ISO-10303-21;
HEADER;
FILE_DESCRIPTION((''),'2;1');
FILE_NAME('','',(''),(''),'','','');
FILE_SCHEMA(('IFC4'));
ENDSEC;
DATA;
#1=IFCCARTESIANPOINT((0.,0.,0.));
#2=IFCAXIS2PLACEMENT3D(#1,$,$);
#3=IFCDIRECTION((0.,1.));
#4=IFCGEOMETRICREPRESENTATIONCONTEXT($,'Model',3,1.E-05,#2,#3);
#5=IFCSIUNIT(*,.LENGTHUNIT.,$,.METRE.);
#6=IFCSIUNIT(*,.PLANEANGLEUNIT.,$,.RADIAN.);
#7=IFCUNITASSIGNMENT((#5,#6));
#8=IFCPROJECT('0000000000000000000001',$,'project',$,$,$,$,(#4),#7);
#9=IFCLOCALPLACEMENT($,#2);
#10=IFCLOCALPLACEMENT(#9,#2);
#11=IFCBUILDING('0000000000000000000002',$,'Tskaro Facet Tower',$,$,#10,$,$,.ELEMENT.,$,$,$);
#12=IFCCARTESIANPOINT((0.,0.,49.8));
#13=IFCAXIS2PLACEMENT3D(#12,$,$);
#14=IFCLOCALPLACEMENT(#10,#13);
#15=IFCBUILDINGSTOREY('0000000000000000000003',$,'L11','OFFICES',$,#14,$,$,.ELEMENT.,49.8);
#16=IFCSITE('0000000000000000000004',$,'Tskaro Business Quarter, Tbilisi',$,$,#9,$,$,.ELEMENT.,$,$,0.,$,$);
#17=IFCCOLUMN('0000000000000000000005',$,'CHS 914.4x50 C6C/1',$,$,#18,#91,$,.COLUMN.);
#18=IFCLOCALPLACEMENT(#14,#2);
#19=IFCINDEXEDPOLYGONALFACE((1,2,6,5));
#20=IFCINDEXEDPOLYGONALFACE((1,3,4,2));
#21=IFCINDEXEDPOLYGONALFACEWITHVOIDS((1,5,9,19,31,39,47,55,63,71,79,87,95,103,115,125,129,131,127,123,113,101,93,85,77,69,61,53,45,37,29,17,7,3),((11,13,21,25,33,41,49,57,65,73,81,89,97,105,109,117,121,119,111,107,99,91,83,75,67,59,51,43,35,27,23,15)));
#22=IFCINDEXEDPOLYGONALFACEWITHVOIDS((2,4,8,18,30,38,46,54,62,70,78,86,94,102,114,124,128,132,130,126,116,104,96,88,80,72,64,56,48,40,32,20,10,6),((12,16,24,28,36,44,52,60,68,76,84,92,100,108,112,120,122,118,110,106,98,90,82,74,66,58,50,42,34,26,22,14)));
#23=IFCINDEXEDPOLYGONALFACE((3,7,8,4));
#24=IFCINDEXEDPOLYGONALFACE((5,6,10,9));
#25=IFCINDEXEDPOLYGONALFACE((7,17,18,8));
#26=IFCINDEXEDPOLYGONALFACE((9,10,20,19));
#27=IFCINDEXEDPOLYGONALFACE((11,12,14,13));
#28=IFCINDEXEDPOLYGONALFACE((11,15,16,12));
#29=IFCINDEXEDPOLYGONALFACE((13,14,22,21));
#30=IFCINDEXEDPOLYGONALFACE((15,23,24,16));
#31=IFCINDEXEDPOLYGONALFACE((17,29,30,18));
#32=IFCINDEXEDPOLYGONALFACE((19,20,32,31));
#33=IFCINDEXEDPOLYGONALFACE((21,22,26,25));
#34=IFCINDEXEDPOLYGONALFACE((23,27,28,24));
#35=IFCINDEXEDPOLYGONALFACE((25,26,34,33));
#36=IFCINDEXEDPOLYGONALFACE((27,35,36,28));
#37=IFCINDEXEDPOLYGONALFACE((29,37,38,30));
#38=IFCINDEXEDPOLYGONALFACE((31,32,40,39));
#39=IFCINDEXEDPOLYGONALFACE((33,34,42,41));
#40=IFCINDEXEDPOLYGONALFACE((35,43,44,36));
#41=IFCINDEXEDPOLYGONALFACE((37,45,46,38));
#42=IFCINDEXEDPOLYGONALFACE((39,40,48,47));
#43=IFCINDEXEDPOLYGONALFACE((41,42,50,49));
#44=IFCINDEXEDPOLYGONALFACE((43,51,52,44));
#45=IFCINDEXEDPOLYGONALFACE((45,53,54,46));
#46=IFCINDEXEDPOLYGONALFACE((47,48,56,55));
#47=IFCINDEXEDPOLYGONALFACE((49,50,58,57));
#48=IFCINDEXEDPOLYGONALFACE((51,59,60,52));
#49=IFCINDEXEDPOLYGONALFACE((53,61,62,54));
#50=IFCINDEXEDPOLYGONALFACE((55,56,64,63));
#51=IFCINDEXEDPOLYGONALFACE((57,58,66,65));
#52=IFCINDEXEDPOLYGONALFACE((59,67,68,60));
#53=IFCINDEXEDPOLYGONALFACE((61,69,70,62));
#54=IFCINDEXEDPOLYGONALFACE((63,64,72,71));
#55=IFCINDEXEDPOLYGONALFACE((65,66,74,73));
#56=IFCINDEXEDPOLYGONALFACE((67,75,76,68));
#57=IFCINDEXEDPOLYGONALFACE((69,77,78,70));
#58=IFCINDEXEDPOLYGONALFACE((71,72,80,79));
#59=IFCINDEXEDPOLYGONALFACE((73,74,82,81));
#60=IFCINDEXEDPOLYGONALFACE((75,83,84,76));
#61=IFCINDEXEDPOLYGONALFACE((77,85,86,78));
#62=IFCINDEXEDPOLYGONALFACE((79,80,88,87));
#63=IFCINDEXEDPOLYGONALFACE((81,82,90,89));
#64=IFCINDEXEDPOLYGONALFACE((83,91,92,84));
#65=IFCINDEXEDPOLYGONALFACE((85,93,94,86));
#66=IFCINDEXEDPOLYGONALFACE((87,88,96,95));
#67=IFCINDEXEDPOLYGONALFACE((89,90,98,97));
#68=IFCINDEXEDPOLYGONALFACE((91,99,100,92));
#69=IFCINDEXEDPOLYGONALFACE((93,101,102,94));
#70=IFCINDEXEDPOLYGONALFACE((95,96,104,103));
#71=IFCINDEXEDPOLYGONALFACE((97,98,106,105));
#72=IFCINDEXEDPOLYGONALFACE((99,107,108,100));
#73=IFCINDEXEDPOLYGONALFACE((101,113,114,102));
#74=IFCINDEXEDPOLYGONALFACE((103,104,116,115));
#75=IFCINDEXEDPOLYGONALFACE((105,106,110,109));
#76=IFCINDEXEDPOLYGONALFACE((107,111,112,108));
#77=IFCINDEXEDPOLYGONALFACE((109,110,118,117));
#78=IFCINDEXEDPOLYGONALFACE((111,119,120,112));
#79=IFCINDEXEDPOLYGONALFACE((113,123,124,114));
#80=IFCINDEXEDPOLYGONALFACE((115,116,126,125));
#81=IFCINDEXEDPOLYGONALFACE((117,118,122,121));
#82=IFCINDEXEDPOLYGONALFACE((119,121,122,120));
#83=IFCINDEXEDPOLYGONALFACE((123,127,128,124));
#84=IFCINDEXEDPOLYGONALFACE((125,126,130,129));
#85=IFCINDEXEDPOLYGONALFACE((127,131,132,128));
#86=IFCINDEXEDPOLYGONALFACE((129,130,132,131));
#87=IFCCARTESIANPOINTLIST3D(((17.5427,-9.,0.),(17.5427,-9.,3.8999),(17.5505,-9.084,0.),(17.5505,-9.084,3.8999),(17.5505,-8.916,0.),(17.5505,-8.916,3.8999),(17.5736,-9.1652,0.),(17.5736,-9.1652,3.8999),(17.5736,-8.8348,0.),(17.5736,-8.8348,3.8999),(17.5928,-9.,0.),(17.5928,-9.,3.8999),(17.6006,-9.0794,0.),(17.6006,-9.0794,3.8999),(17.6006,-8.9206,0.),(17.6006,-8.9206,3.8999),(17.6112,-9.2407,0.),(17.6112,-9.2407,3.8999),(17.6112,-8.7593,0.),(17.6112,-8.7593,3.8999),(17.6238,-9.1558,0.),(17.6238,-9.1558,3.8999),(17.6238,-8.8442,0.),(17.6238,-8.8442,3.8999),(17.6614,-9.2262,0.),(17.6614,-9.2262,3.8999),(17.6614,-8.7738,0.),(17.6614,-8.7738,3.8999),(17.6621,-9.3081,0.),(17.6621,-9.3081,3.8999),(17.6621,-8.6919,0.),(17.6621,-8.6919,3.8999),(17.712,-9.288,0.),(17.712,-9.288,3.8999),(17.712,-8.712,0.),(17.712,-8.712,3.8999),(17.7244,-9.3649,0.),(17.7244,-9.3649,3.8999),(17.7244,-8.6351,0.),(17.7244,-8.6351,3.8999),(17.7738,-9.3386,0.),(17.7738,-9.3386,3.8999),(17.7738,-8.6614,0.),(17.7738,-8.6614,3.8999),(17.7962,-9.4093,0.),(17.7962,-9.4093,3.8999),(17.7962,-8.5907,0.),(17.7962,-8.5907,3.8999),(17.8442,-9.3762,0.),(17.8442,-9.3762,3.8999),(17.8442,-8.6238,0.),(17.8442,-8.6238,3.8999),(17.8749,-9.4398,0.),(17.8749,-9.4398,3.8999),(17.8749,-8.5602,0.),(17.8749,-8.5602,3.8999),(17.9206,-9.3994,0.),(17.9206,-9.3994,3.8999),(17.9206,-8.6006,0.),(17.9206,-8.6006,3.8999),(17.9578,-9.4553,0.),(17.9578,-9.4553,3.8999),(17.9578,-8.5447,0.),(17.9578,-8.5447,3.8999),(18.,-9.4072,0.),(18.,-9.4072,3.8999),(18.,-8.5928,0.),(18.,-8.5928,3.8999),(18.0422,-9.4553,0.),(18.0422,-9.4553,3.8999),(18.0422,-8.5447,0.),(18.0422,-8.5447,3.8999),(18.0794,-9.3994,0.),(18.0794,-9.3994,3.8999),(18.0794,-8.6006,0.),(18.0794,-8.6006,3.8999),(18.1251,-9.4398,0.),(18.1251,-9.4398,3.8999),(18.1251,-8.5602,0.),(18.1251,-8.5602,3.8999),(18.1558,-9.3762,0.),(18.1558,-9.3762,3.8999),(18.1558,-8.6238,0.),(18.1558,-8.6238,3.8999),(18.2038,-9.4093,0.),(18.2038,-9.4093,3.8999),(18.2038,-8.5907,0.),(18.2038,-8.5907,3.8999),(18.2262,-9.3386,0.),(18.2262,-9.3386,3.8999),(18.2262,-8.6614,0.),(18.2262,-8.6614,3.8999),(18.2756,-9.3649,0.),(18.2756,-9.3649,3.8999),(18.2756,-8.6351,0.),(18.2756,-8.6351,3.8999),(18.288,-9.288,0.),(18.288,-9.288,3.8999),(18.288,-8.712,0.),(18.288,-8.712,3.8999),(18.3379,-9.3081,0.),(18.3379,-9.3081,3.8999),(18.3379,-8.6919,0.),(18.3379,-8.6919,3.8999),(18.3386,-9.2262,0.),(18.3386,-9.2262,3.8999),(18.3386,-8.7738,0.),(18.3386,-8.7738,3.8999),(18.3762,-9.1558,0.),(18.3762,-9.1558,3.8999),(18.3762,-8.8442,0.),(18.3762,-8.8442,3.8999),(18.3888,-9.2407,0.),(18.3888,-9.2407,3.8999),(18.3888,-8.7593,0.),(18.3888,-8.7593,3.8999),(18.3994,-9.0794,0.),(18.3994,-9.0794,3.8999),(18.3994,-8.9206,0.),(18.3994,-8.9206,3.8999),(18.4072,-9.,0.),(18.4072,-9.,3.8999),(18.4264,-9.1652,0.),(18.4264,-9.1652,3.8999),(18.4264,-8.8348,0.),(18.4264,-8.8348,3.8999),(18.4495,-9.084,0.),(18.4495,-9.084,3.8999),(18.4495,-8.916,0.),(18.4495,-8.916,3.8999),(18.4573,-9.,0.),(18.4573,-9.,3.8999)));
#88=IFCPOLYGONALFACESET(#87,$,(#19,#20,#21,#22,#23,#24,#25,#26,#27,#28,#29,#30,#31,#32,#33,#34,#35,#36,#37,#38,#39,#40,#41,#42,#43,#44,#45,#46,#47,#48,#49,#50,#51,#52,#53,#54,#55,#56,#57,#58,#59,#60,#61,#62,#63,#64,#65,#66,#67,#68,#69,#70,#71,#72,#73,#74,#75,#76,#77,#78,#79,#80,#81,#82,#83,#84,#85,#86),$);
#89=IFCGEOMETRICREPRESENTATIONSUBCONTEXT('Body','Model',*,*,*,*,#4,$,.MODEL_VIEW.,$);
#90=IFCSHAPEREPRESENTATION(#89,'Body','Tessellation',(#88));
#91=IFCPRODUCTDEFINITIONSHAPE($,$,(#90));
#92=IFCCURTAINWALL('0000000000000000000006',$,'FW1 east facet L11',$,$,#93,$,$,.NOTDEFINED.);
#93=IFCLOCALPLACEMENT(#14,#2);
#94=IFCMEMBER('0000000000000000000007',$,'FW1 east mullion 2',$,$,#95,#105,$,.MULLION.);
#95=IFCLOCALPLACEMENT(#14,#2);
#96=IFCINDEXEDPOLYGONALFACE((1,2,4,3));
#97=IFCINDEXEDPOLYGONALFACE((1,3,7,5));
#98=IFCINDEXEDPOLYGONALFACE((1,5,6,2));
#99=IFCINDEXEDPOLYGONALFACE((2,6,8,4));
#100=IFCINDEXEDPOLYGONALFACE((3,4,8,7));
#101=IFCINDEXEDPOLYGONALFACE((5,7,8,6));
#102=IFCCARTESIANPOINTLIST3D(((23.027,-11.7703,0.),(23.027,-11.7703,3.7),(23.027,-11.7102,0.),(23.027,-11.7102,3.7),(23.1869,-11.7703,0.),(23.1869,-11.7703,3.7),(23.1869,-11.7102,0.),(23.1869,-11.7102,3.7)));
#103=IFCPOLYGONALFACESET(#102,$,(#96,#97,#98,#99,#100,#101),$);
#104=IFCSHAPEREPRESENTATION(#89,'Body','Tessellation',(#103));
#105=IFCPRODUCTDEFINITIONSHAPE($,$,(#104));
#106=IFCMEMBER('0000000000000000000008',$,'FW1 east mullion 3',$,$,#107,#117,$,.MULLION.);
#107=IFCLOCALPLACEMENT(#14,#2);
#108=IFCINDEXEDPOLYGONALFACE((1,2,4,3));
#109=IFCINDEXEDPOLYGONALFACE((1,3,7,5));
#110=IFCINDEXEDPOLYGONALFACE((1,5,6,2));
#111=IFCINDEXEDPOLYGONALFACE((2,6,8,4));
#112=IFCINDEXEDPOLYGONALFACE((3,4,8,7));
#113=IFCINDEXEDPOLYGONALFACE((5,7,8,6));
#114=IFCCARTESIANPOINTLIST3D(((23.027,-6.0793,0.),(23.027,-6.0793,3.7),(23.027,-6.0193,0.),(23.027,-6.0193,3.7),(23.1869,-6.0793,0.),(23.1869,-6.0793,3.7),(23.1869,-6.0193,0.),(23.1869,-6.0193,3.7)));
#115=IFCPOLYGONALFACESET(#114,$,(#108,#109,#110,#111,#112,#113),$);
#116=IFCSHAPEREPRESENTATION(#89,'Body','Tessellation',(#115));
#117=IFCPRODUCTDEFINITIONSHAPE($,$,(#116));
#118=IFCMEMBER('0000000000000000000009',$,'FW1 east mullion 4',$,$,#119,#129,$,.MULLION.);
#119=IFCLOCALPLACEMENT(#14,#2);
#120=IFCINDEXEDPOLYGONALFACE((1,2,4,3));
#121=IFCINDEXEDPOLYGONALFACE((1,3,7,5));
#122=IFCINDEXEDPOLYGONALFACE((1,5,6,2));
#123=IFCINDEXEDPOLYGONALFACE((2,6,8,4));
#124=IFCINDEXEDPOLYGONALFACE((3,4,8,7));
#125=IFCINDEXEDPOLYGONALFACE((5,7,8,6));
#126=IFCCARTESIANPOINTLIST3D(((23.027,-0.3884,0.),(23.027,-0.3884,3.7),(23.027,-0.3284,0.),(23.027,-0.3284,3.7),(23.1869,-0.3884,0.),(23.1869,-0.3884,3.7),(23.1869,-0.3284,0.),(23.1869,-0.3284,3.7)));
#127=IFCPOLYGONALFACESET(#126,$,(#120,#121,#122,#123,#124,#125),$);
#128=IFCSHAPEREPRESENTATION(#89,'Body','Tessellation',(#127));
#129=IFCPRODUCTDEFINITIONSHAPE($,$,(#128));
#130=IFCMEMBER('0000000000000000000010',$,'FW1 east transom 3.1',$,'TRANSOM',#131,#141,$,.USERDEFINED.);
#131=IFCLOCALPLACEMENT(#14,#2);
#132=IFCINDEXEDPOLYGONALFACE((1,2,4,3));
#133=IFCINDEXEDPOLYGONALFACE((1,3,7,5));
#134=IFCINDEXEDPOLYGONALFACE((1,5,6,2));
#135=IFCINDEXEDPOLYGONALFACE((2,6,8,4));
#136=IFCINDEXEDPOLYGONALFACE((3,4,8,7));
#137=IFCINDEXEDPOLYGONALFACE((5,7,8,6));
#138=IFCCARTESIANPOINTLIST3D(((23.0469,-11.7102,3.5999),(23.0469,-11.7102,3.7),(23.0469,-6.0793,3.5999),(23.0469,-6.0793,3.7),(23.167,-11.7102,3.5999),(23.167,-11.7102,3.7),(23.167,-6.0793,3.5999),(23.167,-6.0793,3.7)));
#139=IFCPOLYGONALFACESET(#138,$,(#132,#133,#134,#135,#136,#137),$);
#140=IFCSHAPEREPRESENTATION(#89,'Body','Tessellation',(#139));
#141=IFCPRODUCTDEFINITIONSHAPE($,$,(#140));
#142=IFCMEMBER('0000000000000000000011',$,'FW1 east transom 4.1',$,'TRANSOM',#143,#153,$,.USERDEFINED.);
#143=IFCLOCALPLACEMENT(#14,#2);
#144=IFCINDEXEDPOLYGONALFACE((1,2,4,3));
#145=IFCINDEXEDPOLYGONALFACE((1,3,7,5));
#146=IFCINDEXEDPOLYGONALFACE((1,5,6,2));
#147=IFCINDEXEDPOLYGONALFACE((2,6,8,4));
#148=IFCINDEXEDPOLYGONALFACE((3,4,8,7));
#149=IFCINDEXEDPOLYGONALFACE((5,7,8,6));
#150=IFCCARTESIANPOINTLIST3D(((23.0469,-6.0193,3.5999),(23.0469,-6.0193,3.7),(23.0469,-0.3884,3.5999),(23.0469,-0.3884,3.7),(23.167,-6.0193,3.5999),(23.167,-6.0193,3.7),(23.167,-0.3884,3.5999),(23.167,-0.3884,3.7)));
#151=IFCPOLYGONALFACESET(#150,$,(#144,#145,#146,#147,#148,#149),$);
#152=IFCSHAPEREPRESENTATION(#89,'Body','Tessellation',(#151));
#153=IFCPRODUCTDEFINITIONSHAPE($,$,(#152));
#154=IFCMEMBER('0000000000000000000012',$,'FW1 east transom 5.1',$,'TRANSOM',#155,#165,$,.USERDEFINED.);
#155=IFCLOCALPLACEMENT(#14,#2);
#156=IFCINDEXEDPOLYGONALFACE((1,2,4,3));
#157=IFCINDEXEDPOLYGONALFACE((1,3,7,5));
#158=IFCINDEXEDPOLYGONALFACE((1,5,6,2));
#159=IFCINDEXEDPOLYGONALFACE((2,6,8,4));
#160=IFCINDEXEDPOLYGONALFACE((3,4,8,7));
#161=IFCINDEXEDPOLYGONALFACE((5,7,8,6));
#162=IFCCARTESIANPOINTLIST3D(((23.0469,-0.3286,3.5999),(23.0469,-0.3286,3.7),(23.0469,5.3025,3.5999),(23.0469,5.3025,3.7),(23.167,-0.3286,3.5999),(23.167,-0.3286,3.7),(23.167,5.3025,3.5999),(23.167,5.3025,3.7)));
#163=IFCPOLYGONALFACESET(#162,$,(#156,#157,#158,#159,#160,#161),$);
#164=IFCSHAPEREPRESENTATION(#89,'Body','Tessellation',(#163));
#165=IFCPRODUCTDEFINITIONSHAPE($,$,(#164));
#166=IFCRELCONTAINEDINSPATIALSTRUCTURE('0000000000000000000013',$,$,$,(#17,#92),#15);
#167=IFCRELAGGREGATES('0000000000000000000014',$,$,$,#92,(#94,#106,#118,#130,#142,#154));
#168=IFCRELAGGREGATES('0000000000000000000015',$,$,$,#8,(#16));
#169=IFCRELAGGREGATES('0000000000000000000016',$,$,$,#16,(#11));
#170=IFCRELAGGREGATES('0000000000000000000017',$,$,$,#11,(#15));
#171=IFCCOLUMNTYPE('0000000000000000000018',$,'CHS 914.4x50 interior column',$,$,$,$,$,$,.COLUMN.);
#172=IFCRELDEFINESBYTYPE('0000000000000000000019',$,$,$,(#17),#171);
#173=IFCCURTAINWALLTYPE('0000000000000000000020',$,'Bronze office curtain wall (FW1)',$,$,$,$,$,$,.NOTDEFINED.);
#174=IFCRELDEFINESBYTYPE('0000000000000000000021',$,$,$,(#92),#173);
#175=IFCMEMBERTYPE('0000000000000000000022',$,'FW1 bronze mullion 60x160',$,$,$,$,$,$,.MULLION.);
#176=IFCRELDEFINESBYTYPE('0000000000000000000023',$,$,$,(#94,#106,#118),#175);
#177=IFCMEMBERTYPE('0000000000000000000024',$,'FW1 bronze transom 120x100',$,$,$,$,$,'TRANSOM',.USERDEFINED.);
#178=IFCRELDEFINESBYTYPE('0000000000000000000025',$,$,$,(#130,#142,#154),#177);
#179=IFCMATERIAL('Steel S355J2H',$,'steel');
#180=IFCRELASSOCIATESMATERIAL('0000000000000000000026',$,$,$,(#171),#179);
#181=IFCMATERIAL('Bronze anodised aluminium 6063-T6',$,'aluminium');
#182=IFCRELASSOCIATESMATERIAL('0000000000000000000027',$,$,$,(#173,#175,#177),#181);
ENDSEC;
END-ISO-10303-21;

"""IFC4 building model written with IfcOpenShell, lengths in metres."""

from ifc_helpers import new_model, si_unit, direction, frame, origin, origin_2d, place, context, subcontext, project, spatial, rectangle, hollow_circle, extrude, material, material_profile, profile_set, type_object, element, aggregate, save


model = new_model("IFC4")

# Units and contexts
model_context = context("Model", 3, precision=1e-05, world=origin(), true_north=direction((0.0, 1.0)))
body_context = subcontext(model_context, "Body", "Model", "MODEL_VIEW")
ifc_project = project(units=[si_unit("LENGTHUNIT", "METRE"), si_unit("PLANEANGLEUNIT", "RADIAN")], contexts=[model_context])

# Site, building, storey
site_placement = place(None, origin())
site = spatial("IfcSite", under=ifc_project, at=site_placement, Name="Tskaro Business Quarter, Tbilisi", CompositionType="ELEMENT", RefElevation=0.0)
building_placement = place(site_placement, origin())
building = spatial("IfcBuilding", under=site, at=building_placement, Name="Tskaro Facet Tower", CompositionType="ELEMENT")
storey_placement = place(building_placement, frame((0.0, 0.0, 49.8)))
storey = spatial("IfcBuildingStorey", under=building, at=storey_placement, Name="L11", Description="OFFICES", CompositionType="ELEMENT", Elevation=49.8)

# Column
ifc_material_1 = material(Name="Steel S355J2H", Category="steel")
ifc_material_profile_1 = material_profile(ifc_material_1, hollow_circle(Radius=0.4573, WallThickness=0.05, at=origin_2d()), Name="CHS 914.4x50")
ifc_profile_set_1 = profile_set([ifc_material_profile_1], Name="Steel S355J2H")
column_type_1 = type_object("IfcColumnType", Name="CHS 914.4x50 interior column", PredefinedType="COLUMN", material=ifc_profile_set_1)
column_1_placement = place(storey_placement, frame((18.0, -9.0, 0.0), z_axis=(0.0, 0.0, 1.0), x_axis=(1.0, 0.0, 0.0)))
element("IfcColumn", 1, at=column_1_placement, inside=storey, type_object=column_type_1, Name="CHS 914.4x50 C6C/1", PredefinedType="COLUMN", context=body_context, shape_type="SweptSolid", body=[
    extrude(hollow_circle(Radius=0.4573, WallThickness=0.05, at=origin_2d()), origin(), (0.0, 0.0, 1.0), 3.8999),
])

# Curtain wall, members
ifc_material_2 = material(Name="Bronze anodised aluminium 6063-T6", Category="aluminium")
curtain_wall_type = type_object("IfcCurtainWallType", Name="Bronze office curtain wall (FW1)", PredefinedType="NOTDEFINED", material=ifc_material_2)
curtain_wall_placement = place(storey_placement, origin())
curtain_wall = element("IfcCurtainWall", 2, at=curtain_wall_placement, inside=storey, type_object=curtain_wall_type, Name="FW1 east facet L11", PredefinedType="NOTDEFINED")
ifc_material_profile_2 = material_profile(ifc_material_2, rectangle(XDim=0.0601, YDim=0.1599, at=origin_2d()), Name="Mullion 60x160")
ifc_profile_set_2 = profile_set([ifc_material_profile_2], Name="Bronze anodised aluminium 6063-T6")
member_type_1 = type_object("IfcMemberType", Name="FW1 bronze mullion 60x160", PredefinedType="MULLION", material=ifc_profile_set_2)
member_1_placement = place(storey_placement, frame((23.1069, -11.7402, 0.0), z_axis=(0.0, 0.0, 1.0), x_axis=(0.0, 1.0, 0.0)))
member_1 = element("IfcMember", 3, at=member_1_placement, type_object=member_type_1, Name="FW1 east mullion 2", PredefinedType="MULLION", context=body_context, shape_type="SweptSolid", body=[
    extrude(rectangle(XDim=0.0601, YDim=0.1599, at=origin_2d()), origin(), (0.0, 0.0, 1.0), 3.7),
])
member_2_placement = place(storey_placement, frame((23.1069, -6.0493, 0.0), z_axis=(0.0, 0.0, 1.0), x_axis=(0.0, 1.0, 0.0)))
member_2 = element("IfcMember", 4, at=member_2_placement, type_object=member_type_1, Name="FW1 east mullion 3", PredefinedType="MULLION", context=body_context, shape_type="SweptSolid", body=[
    extrude(rectangle(XDim=0.0601, YDim=0.1599, at=origin_2d()), origin(), (0.0, 0.0, 1.0), 3.7),
])
member_3_placement = place(storey_placement, frame((23.1069, -0.3584, 0.0), z_axis=(0.0, 0.0, 1.0), x_axis=(0.0, 1.0, 0.0)))
member_3 = element("IfcMember", 5, at=member_3_placement, type_object=member_type_1, Name="FW1 east mullion 4", PredefinedType="MULLION", context=body_context, shape_type="SweptSolid", body=[
    extrude(rectangle(XDim=0.0601, YDim=0.1599, at=origin_2d()), origin(), (0.0, 0.0, 1.0), 3.7),
])
ifc_material_profile_3 = material_profile(ifc_material_2, rectangle(XDim=0.1201, YDim=0.1001, at=origin_2d()), Name="Transom 120x100")
ifc_profile_set_3 = profile_set([ifc_material_profile_3], Name="Bronze anodised aluminium 6063-T6")
member_type_2 = type_object("IfcMemberType", Name="FW1 bronze transom 120x100", ElementType="TRANSOM", PredefinedType="USERDEFINED", material=ifc_profile_set_3)
member_4_placement = place(storey_placement, frame((23.1069, -11.7102, 3.6499), z_axis=(0.0, 1.0, 0.0), x_axis=(-1.0, 0.0, 0.0)))
member_4 = element("IfcMember", 6, at=member_4_placement, type_object=member_type_2, Name="FW1 east transom 3.1", ObjectType="TRANSOM", PredefinedType="USERDEFINED", context=body_context, shape_type="SweptSolid", body=[
    extrude(rectangle(XDim=0.1201, YDim=0.1001, at=origin_2d()), origin(), (0.0, 0.0, 1.0), 5.6309),
])
member_5_placement = place(storey_placement, frame((23.1069, -6.0193, 3.6499), z_axis=(0.0, 1.0, 0.0), x_axis=(-1.0, 0.0, 0.0)))
member_5 = element("IfcMember", 7, at=member_5_placement, type_object=member_type_2, Name="FW1 east transom 4.1", ObjectType="TRANSOM", PredefinedType="USERDEFINED", context=body_context, shape_type="SweptSolid", body=[
    extrude(rectangle(XDim=0.1201, YDim=0.1001, at=origin_2d()), origin(), (0.0, 0.0, 1.0), 5.6309),
])
member_6_placement = place(storey_placement, frame((23.1069, -0.3286, 3.6499), z_axis=(0.0, 1.0, 0.0), x_axis=(-1.0, 0.0, 0.0)))
member_6 = element("IfcMember", 8, at=member_6_placement, type_object=member_type_2, Name="FW1 east transom 5.1", ObjectType="TRANSOM", PredefinedType="USERDEFINED", context=body_context, shape_type="SweptSolid", body=[
    extrude(rectangle(XDim=0.1201, YDim=0.1001, at=origin_2d()), origin(), (0.0, 0.0, 1.0), 5.6311),
])

aggregate(curtain_wall, [member_1, member_2, member_3, member_4, member_5, member_6])

save(model, "model.ifc")
